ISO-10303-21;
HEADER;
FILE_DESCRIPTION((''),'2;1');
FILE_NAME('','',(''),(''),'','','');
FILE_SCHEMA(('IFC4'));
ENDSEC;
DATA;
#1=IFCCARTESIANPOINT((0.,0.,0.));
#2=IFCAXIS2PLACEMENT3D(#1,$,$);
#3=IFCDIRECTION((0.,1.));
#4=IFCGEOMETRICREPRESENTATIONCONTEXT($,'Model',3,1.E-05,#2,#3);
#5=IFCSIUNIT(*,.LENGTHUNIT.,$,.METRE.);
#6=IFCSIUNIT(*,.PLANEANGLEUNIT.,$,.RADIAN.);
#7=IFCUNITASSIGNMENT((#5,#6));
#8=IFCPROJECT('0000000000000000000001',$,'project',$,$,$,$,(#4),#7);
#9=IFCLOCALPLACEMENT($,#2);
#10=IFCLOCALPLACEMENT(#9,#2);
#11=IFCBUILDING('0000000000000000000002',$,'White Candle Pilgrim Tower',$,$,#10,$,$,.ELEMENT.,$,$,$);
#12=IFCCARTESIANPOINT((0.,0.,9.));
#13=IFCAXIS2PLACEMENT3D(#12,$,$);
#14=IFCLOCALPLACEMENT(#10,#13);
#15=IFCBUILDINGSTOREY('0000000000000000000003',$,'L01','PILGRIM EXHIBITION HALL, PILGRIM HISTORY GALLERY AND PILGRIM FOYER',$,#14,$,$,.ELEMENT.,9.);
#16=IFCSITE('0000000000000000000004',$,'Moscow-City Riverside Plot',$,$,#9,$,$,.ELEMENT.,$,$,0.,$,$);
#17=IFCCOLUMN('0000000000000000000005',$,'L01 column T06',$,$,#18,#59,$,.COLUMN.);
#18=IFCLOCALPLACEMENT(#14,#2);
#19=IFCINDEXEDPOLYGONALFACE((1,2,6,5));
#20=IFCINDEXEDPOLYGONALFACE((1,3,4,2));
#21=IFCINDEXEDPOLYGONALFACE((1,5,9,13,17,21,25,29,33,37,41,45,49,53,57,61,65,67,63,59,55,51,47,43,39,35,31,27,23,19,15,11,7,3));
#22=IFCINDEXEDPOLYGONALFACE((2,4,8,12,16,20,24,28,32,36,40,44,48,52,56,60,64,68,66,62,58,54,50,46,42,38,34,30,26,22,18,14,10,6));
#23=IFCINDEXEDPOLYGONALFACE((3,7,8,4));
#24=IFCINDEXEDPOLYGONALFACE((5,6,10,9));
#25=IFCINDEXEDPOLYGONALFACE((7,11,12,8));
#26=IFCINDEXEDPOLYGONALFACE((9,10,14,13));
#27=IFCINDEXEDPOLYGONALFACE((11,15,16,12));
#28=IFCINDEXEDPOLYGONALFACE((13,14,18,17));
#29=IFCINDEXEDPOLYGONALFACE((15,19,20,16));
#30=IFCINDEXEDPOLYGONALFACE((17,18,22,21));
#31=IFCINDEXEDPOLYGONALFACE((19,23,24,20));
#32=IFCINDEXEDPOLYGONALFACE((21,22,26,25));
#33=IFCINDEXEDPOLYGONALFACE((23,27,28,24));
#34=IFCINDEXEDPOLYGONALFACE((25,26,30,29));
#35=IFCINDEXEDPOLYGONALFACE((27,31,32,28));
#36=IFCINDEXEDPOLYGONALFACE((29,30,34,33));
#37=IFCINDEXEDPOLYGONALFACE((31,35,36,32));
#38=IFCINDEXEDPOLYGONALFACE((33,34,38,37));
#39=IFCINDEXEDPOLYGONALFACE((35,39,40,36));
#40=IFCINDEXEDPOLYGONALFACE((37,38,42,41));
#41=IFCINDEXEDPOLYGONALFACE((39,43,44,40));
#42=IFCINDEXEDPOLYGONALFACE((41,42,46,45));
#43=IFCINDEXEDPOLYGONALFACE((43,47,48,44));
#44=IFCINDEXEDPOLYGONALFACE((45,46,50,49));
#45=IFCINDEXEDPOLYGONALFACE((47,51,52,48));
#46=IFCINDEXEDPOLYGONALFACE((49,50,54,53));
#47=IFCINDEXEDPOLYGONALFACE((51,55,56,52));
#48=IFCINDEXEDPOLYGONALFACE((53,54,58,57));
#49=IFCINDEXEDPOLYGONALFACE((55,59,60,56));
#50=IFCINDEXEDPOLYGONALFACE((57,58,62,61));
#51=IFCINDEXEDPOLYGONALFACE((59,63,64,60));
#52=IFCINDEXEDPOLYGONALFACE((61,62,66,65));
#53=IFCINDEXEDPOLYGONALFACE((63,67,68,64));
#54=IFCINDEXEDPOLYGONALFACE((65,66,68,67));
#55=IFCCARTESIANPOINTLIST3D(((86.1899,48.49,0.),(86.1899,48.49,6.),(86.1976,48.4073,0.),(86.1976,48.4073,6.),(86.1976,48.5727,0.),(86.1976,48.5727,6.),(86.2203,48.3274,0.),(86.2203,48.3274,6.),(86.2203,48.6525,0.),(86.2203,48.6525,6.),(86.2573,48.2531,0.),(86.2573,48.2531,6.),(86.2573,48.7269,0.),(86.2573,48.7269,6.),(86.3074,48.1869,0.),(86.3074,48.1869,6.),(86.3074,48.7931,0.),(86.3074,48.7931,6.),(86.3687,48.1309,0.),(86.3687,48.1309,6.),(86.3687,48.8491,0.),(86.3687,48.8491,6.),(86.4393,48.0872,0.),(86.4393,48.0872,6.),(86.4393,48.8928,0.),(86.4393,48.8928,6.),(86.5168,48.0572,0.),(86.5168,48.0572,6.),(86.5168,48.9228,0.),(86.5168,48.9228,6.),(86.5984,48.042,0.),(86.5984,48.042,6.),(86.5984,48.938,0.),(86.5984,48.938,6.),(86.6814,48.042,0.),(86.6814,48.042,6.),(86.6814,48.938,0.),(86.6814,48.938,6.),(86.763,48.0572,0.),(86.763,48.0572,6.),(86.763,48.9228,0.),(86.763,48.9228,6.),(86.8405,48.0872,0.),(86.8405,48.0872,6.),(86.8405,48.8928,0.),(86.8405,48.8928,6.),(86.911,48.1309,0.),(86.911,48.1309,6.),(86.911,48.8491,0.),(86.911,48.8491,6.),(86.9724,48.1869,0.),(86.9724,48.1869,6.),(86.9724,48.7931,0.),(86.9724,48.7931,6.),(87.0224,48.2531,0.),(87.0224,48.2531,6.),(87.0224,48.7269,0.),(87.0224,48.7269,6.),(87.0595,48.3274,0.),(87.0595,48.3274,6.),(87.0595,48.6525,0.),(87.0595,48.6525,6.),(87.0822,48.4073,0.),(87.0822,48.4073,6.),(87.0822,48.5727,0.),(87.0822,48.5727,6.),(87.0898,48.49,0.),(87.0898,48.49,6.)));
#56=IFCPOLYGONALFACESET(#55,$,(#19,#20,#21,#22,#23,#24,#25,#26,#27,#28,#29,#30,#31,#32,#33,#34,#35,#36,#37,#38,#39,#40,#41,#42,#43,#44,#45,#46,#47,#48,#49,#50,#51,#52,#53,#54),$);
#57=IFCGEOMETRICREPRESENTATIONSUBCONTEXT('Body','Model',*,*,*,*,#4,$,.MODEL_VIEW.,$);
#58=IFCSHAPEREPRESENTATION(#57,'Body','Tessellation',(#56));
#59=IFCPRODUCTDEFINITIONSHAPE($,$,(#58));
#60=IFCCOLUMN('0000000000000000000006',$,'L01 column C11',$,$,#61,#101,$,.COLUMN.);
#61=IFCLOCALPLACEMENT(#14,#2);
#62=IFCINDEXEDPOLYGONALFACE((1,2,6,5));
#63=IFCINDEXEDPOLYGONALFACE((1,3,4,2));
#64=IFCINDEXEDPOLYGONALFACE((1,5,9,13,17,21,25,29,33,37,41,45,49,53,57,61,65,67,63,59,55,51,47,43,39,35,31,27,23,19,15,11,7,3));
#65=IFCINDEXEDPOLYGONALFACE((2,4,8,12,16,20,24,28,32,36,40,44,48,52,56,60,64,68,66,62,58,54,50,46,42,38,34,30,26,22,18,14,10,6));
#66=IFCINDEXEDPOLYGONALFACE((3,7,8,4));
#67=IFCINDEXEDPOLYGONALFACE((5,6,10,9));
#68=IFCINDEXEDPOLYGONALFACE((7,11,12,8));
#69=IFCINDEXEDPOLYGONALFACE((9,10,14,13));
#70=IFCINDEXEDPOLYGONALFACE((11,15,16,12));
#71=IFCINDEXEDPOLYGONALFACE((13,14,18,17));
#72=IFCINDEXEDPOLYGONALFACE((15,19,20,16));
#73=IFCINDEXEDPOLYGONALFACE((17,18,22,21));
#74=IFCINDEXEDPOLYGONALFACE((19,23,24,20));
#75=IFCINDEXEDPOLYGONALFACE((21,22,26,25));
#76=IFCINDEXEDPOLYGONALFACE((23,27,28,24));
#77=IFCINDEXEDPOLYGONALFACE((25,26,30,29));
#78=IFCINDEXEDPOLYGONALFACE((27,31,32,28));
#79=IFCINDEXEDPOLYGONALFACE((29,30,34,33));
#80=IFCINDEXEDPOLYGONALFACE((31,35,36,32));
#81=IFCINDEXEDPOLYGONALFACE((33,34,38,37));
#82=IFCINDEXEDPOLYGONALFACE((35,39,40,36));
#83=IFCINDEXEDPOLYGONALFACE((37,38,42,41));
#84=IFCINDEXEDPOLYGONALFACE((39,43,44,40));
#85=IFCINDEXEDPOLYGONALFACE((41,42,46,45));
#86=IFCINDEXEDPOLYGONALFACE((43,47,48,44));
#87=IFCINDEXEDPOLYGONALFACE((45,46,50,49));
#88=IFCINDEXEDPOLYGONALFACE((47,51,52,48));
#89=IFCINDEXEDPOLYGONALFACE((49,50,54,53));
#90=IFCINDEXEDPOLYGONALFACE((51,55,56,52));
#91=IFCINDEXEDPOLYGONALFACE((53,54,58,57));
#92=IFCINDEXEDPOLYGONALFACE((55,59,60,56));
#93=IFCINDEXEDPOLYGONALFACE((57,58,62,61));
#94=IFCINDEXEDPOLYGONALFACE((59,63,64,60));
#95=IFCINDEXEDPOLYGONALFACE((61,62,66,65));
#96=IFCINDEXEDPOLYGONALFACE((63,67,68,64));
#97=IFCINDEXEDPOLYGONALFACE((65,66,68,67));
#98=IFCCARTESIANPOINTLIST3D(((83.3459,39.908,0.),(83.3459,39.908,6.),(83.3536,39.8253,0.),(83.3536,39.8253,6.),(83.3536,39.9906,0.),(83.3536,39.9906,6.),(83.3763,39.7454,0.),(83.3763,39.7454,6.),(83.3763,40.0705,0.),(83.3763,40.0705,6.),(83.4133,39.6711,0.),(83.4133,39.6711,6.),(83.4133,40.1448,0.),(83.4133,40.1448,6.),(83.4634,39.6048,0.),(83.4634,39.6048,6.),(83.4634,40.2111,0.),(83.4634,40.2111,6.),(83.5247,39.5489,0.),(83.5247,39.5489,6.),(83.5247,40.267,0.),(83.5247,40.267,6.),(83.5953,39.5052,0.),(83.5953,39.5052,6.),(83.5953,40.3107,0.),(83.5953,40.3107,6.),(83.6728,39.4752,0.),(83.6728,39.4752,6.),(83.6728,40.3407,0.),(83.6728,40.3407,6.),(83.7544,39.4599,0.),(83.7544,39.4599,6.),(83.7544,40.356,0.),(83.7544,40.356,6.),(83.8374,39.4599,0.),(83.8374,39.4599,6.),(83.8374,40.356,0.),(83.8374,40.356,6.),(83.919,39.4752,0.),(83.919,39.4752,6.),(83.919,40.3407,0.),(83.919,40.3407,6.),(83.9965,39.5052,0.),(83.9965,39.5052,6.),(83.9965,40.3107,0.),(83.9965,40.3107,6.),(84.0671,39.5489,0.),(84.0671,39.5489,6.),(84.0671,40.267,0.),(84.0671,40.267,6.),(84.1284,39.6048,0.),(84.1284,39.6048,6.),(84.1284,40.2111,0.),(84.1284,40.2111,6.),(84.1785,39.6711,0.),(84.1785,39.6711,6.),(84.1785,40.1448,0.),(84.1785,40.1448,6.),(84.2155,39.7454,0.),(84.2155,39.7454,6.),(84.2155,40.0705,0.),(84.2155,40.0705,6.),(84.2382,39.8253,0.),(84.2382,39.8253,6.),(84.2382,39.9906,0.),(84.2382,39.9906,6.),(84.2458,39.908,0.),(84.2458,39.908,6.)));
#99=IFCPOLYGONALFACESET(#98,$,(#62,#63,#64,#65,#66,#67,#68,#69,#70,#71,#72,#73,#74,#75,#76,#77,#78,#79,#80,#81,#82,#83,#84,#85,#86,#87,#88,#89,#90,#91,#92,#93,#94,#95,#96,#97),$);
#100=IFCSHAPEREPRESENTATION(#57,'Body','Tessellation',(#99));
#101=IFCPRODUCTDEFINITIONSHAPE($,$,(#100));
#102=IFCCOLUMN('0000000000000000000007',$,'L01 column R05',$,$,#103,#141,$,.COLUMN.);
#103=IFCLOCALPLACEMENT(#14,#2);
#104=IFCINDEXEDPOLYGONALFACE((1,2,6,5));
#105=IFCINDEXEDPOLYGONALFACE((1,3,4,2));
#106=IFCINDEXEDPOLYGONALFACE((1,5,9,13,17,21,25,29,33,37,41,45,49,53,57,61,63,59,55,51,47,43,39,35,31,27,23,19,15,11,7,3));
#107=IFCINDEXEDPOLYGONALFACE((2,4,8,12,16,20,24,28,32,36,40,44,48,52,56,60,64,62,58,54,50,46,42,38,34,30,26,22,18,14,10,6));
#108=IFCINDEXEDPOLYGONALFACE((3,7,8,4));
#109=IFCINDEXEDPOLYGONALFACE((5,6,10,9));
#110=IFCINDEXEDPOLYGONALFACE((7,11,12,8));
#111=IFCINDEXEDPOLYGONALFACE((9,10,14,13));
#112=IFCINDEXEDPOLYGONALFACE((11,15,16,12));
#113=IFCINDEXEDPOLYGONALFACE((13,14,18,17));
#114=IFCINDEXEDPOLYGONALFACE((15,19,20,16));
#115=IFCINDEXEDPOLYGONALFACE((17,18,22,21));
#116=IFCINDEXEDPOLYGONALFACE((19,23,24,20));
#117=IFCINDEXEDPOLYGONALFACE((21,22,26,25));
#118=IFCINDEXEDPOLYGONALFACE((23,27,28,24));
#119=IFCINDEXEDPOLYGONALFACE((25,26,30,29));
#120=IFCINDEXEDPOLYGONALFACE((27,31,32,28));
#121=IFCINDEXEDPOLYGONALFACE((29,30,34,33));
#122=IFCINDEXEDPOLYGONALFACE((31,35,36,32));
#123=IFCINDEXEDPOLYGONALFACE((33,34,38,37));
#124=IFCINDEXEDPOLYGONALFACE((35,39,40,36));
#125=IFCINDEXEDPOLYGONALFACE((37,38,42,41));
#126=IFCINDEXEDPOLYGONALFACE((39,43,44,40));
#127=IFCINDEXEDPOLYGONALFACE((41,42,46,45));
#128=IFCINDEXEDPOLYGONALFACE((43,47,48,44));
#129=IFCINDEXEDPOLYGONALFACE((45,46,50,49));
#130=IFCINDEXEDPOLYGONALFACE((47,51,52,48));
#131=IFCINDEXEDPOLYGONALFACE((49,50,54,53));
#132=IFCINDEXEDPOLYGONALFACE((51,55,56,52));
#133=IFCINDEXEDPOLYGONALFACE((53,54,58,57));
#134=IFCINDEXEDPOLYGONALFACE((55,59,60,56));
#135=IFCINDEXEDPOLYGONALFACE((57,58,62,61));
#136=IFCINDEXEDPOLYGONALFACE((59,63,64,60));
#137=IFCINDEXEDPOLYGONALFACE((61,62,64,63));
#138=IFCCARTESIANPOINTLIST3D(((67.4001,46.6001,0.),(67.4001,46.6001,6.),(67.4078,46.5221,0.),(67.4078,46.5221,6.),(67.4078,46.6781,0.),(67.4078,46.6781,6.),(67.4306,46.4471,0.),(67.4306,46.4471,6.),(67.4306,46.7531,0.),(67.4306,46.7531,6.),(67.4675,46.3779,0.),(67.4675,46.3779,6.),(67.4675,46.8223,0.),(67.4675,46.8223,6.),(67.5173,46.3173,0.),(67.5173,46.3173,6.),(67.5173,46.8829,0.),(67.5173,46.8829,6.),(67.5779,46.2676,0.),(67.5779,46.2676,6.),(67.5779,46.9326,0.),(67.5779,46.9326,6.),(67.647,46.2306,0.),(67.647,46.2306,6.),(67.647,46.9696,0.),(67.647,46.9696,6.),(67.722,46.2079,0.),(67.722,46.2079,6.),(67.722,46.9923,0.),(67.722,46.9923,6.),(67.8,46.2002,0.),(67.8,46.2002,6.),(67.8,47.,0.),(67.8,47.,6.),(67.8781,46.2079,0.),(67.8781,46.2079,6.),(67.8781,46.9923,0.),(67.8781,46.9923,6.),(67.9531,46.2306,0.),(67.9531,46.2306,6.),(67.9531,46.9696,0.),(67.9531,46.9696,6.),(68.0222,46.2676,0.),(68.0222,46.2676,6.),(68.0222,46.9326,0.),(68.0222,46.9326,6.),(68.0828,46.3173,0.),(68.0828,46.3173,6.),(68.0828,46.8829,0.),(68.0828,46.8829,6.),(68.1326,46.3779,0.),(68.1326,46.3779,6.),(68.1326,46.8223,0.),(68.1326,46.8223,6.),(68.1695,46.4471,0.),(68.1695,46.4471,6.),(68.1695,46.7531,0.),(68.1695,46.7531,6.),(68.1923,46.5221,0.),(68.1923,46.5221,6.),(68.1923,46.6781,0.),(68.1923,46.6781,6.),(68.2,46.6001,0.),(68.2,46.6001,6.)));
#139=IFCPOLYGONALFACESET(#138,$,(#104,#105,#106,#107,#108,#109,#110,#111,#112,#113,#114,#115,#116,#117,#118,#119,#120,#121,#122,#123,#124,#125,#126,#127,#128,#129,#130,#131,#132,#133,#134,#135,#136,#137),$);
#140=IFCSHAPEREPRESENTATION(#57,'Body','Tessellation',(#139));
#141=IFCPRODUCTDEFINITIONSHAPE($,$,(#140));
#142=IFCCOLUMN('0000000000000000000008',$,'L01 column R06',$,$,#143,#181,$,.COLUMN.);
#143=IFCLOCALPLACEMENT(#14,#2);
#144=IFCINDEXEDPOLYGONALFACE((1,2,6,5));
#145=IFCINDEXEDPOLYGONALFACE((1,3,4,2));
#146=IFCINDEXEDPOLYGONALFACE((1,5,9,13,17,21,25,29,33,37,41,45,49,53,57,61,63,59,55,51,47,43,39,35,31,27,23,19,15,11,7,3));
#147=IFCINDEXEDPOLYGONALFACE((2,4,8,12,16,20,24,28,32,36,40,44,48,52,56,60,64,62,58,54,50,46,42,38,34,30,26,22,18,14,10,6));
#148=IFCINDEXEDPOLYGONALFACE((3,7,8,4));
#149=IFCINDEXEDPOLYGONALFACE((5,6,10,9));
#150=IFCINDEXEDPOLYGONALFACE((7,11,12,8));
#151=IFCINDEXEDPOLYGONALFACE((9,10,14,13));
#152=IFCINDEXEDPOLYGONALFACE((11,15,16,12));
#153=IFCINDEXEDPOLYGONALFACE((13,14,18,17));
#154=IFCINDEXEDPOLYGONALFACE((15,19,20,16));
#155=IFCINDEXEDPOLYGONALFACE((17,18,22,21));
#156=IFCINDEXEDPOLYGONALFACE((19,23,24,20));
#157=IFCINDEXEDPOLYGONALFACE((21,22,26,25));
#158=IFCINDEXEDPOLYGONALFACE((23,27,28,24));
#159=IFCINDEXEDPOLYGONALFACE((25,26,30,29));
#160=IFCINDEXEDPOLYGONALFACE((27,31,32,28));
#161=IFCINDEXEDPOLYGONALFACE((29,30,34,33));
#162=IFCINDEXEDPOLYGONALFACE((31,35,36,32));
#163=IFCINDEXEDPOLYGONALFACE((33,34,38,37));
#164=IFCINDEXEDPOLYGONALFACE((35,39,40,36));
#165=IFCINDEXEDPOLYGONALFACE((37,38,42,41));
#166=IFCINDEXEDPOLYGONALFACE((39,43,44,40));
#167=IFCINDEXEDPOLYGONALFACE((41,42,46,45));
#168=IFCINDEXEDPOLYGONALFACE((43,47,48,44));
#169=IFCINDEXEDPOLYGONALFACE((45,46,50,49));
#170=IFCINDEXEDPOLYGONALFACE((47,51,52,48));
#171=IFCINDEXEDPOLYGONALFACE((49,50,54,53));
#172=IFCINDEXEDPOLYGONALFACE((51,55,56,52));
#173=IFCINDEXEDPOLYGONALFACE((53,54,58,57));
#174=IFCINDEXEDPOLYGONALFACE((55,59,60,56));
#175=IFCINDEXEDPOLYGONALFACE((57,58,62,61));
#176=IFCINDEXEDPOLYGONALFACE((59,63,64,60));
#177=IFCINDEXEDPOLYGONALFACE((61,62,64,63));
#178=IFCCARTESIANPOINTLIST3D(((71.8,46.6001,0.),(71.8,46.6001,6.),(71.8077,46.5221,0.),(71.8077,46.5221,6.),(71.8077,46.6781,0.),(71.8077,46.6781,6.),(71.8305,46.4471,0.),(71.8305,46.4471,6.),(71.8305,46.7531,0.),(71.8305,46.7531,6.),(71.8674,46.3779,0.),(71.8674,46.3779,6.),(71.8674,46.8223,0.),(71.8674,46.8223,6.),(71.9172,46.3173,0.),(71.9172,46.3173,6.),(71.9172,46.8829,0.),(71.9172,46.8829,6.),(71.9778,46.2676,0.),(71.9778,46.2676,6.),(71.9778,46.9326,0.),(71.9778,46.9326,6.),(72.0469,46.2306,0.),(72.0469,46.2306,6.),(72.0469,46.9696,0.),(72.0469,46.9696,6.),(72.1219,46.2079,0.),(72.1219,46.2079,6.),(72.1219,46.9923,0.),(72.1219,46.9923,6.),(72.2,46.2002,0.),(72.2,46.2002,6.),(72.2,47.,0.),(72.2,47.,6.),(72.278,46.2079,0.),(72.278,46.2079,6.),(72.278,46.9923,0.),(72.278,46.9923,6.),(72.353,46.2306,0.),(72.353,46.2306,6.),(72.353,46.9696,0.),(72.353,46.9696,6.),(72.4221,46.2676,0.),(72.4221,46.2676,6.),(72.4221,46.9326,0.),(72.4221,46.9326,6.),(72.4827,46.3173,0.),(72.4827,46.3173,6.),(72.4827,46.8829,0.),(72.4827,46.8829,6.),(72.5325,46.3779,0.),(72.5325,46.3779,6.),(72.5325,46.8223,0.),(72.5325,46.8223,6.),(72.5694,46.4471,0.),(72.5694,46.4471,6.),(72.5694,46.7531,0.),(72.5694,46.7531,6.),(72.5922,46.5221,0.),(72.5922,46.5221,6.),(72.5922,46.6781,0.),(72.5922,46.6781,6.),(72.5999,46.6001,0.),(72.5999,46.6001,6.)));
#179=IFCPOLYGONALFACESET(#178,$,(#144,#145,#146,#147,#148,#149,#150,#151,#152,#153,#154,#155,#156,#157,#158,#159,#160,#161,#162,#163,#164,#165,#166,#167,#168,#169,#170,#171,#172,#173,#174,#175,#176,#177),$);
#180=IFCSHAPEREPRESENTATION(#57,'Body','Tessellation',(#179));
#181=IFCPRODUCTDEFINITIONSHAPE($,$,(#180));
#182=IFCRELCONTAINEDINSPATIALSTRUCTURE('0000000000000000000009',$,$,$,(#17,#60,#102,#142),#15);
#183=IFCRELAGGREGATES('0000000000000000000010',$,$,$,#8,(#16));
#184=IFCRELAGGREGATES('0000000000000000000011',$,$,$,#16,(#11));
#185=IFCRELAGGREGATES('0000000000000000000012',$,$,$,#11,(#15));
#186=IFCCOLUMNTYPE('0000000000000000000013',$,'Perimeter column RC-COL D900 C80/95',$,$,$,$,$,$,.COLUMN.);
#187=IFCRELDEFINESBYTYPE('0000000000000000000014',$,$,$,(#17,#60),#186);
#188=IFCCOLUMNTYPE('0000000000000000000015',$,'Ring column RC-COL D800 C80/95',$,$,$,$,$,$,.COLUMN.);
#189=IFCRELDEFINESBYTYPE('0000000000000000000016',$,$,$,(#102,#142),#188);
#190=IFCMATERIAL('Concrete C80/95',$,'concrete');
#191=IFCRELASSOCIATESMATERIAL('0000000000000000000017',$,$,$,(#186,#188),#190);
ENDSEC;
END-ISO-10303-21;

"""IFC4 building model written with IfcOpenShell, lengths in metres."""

from ifc_helpers import new_model, si_unit, direction, frame, origin, origin_2d, place, context, subcontext, project, spatial, circle, extrude, material, material_profile, profile_set, type_object, element, save


model = new_model("IFC4")

# Units and contexts
model_context = context("Model", 3, precision=1e-05, world=origin(), true_north=direction((0.0, 1.0)))
body_context = subcontext(model_context, "Body", "Model", "MODEL_VIEW")
ifc_project = project(units=[si_unit("LENGTHUNIT", "METRE"), si_unit("PLANEANGLEUNIT", "RADIAN")], contexts=[model_context])

# Site, building, storey
site_placement = place(None, origin())
site = spatial("IfcSite", under=ifc_project, at=site_placement, Name="Moscow-City Riverside Plot", CompositionType="ELEMENT", RefElevation=0.0)
building_placement = place(site_placement, origin())
building = spatial("IfcBuilding", under=site, at=building_placement, Name="White Candle Pilgrim Tower", CompositionType="ELEMENT")
storey_placement = place(building_placement, frame((0.0, 0.0, 9.0)))
storey = spatial("IfcBuildingStorey", under=building, at=storey_placement, Name="L01", Description="PILGRIM EXHIBITION HALL, PILGRIM HISTORY GALLERY AND PILGRIM FOYER", CompositionType="ELEMENT", Elevation=9.0)

# Columns
ifc_material_1 = material(Name="Concrete C80/95", Category="concrete")
ifc_material_profile_1 = material_profile(ifc_material_1, circle(Radius=0.45, at=origin_2d()), Name="RC-COL D900")
ifc_profile_set_1 = profile_set([ifc_material_profile_1], Name="Concrete C80/95")
column_type_1 = type_object("IfcColumnType", Name="Perimeter column RC-COL D900 C80/95", PredefinedType="COLUMN", material=ifc_profile_set_1)
for number, where, z_axis, x_axis, name in (
    (1, (86.6399, 48.49, 0.0), (0.0, 0.0, 1.0), (1.0, 0.0, 0.0), "L01 column T06"),
    (2, (83.7959, 39.908, 0.0), (0.0, 0.0, 1.0), (1.0, 0.0, 0.0), "L01 column C11"),
):
    element("IfcColumn", number, at=place(storey_placement, frame(where, z_axis=z_axis, x_axis=x_axis)), inside=storey, type_object=column_type_1, Name=name, PredefinedType="COLUMN", context=body_context, shape_type="SweptSolid", body=[
        extrude(circle(Radius=0.45, at=origin_2d()), origin(), (0.0, 0.0, 1.0), 6.0),
    ])
ifc_material_profile_2 = material_profile(ifc_material_1, circle(Radius=0.3999, at=origin_2d()), Name="RC-COL D800")
ifc_profile_set_2 = profile_set([ifc_material_profile_2], Name="Concrete C80/95")
column_type_2 = type_object("IfcColumnType", Name="Ring column RC-COL D800 C80/95", PredefinedType="COLUMN", material=ifc_profile_set_2)
for number, where, z_axis, x_axis, name in (
    (3, (67.8, 46.6001, 0.0), (0.0, 0.0, 1.0), (1.0, 0.0, 0.0), "L01 column R05"),
    (4, (72.2, 46.6001, 0.0), (0.0, 0.0, 1.0), (1.0, 0.0, 0.0), "L01 column R06"),
):
    element("IfcColumn", number, at=place(storey_placement, frame(where, z_axis=z_axis, x_axis=x_axis)), inside=storey, type_object=column_type_2, Name=name, PredefinedType="COLUMN", context=body_context, shape_type="SweptSolid", body=[
        extrude(circle(Radius=0.3999, at=origin_2d()), origin(), (0.0, 0.0, 1.0), 6.0),
    ])

save(model, "model.ifc")
